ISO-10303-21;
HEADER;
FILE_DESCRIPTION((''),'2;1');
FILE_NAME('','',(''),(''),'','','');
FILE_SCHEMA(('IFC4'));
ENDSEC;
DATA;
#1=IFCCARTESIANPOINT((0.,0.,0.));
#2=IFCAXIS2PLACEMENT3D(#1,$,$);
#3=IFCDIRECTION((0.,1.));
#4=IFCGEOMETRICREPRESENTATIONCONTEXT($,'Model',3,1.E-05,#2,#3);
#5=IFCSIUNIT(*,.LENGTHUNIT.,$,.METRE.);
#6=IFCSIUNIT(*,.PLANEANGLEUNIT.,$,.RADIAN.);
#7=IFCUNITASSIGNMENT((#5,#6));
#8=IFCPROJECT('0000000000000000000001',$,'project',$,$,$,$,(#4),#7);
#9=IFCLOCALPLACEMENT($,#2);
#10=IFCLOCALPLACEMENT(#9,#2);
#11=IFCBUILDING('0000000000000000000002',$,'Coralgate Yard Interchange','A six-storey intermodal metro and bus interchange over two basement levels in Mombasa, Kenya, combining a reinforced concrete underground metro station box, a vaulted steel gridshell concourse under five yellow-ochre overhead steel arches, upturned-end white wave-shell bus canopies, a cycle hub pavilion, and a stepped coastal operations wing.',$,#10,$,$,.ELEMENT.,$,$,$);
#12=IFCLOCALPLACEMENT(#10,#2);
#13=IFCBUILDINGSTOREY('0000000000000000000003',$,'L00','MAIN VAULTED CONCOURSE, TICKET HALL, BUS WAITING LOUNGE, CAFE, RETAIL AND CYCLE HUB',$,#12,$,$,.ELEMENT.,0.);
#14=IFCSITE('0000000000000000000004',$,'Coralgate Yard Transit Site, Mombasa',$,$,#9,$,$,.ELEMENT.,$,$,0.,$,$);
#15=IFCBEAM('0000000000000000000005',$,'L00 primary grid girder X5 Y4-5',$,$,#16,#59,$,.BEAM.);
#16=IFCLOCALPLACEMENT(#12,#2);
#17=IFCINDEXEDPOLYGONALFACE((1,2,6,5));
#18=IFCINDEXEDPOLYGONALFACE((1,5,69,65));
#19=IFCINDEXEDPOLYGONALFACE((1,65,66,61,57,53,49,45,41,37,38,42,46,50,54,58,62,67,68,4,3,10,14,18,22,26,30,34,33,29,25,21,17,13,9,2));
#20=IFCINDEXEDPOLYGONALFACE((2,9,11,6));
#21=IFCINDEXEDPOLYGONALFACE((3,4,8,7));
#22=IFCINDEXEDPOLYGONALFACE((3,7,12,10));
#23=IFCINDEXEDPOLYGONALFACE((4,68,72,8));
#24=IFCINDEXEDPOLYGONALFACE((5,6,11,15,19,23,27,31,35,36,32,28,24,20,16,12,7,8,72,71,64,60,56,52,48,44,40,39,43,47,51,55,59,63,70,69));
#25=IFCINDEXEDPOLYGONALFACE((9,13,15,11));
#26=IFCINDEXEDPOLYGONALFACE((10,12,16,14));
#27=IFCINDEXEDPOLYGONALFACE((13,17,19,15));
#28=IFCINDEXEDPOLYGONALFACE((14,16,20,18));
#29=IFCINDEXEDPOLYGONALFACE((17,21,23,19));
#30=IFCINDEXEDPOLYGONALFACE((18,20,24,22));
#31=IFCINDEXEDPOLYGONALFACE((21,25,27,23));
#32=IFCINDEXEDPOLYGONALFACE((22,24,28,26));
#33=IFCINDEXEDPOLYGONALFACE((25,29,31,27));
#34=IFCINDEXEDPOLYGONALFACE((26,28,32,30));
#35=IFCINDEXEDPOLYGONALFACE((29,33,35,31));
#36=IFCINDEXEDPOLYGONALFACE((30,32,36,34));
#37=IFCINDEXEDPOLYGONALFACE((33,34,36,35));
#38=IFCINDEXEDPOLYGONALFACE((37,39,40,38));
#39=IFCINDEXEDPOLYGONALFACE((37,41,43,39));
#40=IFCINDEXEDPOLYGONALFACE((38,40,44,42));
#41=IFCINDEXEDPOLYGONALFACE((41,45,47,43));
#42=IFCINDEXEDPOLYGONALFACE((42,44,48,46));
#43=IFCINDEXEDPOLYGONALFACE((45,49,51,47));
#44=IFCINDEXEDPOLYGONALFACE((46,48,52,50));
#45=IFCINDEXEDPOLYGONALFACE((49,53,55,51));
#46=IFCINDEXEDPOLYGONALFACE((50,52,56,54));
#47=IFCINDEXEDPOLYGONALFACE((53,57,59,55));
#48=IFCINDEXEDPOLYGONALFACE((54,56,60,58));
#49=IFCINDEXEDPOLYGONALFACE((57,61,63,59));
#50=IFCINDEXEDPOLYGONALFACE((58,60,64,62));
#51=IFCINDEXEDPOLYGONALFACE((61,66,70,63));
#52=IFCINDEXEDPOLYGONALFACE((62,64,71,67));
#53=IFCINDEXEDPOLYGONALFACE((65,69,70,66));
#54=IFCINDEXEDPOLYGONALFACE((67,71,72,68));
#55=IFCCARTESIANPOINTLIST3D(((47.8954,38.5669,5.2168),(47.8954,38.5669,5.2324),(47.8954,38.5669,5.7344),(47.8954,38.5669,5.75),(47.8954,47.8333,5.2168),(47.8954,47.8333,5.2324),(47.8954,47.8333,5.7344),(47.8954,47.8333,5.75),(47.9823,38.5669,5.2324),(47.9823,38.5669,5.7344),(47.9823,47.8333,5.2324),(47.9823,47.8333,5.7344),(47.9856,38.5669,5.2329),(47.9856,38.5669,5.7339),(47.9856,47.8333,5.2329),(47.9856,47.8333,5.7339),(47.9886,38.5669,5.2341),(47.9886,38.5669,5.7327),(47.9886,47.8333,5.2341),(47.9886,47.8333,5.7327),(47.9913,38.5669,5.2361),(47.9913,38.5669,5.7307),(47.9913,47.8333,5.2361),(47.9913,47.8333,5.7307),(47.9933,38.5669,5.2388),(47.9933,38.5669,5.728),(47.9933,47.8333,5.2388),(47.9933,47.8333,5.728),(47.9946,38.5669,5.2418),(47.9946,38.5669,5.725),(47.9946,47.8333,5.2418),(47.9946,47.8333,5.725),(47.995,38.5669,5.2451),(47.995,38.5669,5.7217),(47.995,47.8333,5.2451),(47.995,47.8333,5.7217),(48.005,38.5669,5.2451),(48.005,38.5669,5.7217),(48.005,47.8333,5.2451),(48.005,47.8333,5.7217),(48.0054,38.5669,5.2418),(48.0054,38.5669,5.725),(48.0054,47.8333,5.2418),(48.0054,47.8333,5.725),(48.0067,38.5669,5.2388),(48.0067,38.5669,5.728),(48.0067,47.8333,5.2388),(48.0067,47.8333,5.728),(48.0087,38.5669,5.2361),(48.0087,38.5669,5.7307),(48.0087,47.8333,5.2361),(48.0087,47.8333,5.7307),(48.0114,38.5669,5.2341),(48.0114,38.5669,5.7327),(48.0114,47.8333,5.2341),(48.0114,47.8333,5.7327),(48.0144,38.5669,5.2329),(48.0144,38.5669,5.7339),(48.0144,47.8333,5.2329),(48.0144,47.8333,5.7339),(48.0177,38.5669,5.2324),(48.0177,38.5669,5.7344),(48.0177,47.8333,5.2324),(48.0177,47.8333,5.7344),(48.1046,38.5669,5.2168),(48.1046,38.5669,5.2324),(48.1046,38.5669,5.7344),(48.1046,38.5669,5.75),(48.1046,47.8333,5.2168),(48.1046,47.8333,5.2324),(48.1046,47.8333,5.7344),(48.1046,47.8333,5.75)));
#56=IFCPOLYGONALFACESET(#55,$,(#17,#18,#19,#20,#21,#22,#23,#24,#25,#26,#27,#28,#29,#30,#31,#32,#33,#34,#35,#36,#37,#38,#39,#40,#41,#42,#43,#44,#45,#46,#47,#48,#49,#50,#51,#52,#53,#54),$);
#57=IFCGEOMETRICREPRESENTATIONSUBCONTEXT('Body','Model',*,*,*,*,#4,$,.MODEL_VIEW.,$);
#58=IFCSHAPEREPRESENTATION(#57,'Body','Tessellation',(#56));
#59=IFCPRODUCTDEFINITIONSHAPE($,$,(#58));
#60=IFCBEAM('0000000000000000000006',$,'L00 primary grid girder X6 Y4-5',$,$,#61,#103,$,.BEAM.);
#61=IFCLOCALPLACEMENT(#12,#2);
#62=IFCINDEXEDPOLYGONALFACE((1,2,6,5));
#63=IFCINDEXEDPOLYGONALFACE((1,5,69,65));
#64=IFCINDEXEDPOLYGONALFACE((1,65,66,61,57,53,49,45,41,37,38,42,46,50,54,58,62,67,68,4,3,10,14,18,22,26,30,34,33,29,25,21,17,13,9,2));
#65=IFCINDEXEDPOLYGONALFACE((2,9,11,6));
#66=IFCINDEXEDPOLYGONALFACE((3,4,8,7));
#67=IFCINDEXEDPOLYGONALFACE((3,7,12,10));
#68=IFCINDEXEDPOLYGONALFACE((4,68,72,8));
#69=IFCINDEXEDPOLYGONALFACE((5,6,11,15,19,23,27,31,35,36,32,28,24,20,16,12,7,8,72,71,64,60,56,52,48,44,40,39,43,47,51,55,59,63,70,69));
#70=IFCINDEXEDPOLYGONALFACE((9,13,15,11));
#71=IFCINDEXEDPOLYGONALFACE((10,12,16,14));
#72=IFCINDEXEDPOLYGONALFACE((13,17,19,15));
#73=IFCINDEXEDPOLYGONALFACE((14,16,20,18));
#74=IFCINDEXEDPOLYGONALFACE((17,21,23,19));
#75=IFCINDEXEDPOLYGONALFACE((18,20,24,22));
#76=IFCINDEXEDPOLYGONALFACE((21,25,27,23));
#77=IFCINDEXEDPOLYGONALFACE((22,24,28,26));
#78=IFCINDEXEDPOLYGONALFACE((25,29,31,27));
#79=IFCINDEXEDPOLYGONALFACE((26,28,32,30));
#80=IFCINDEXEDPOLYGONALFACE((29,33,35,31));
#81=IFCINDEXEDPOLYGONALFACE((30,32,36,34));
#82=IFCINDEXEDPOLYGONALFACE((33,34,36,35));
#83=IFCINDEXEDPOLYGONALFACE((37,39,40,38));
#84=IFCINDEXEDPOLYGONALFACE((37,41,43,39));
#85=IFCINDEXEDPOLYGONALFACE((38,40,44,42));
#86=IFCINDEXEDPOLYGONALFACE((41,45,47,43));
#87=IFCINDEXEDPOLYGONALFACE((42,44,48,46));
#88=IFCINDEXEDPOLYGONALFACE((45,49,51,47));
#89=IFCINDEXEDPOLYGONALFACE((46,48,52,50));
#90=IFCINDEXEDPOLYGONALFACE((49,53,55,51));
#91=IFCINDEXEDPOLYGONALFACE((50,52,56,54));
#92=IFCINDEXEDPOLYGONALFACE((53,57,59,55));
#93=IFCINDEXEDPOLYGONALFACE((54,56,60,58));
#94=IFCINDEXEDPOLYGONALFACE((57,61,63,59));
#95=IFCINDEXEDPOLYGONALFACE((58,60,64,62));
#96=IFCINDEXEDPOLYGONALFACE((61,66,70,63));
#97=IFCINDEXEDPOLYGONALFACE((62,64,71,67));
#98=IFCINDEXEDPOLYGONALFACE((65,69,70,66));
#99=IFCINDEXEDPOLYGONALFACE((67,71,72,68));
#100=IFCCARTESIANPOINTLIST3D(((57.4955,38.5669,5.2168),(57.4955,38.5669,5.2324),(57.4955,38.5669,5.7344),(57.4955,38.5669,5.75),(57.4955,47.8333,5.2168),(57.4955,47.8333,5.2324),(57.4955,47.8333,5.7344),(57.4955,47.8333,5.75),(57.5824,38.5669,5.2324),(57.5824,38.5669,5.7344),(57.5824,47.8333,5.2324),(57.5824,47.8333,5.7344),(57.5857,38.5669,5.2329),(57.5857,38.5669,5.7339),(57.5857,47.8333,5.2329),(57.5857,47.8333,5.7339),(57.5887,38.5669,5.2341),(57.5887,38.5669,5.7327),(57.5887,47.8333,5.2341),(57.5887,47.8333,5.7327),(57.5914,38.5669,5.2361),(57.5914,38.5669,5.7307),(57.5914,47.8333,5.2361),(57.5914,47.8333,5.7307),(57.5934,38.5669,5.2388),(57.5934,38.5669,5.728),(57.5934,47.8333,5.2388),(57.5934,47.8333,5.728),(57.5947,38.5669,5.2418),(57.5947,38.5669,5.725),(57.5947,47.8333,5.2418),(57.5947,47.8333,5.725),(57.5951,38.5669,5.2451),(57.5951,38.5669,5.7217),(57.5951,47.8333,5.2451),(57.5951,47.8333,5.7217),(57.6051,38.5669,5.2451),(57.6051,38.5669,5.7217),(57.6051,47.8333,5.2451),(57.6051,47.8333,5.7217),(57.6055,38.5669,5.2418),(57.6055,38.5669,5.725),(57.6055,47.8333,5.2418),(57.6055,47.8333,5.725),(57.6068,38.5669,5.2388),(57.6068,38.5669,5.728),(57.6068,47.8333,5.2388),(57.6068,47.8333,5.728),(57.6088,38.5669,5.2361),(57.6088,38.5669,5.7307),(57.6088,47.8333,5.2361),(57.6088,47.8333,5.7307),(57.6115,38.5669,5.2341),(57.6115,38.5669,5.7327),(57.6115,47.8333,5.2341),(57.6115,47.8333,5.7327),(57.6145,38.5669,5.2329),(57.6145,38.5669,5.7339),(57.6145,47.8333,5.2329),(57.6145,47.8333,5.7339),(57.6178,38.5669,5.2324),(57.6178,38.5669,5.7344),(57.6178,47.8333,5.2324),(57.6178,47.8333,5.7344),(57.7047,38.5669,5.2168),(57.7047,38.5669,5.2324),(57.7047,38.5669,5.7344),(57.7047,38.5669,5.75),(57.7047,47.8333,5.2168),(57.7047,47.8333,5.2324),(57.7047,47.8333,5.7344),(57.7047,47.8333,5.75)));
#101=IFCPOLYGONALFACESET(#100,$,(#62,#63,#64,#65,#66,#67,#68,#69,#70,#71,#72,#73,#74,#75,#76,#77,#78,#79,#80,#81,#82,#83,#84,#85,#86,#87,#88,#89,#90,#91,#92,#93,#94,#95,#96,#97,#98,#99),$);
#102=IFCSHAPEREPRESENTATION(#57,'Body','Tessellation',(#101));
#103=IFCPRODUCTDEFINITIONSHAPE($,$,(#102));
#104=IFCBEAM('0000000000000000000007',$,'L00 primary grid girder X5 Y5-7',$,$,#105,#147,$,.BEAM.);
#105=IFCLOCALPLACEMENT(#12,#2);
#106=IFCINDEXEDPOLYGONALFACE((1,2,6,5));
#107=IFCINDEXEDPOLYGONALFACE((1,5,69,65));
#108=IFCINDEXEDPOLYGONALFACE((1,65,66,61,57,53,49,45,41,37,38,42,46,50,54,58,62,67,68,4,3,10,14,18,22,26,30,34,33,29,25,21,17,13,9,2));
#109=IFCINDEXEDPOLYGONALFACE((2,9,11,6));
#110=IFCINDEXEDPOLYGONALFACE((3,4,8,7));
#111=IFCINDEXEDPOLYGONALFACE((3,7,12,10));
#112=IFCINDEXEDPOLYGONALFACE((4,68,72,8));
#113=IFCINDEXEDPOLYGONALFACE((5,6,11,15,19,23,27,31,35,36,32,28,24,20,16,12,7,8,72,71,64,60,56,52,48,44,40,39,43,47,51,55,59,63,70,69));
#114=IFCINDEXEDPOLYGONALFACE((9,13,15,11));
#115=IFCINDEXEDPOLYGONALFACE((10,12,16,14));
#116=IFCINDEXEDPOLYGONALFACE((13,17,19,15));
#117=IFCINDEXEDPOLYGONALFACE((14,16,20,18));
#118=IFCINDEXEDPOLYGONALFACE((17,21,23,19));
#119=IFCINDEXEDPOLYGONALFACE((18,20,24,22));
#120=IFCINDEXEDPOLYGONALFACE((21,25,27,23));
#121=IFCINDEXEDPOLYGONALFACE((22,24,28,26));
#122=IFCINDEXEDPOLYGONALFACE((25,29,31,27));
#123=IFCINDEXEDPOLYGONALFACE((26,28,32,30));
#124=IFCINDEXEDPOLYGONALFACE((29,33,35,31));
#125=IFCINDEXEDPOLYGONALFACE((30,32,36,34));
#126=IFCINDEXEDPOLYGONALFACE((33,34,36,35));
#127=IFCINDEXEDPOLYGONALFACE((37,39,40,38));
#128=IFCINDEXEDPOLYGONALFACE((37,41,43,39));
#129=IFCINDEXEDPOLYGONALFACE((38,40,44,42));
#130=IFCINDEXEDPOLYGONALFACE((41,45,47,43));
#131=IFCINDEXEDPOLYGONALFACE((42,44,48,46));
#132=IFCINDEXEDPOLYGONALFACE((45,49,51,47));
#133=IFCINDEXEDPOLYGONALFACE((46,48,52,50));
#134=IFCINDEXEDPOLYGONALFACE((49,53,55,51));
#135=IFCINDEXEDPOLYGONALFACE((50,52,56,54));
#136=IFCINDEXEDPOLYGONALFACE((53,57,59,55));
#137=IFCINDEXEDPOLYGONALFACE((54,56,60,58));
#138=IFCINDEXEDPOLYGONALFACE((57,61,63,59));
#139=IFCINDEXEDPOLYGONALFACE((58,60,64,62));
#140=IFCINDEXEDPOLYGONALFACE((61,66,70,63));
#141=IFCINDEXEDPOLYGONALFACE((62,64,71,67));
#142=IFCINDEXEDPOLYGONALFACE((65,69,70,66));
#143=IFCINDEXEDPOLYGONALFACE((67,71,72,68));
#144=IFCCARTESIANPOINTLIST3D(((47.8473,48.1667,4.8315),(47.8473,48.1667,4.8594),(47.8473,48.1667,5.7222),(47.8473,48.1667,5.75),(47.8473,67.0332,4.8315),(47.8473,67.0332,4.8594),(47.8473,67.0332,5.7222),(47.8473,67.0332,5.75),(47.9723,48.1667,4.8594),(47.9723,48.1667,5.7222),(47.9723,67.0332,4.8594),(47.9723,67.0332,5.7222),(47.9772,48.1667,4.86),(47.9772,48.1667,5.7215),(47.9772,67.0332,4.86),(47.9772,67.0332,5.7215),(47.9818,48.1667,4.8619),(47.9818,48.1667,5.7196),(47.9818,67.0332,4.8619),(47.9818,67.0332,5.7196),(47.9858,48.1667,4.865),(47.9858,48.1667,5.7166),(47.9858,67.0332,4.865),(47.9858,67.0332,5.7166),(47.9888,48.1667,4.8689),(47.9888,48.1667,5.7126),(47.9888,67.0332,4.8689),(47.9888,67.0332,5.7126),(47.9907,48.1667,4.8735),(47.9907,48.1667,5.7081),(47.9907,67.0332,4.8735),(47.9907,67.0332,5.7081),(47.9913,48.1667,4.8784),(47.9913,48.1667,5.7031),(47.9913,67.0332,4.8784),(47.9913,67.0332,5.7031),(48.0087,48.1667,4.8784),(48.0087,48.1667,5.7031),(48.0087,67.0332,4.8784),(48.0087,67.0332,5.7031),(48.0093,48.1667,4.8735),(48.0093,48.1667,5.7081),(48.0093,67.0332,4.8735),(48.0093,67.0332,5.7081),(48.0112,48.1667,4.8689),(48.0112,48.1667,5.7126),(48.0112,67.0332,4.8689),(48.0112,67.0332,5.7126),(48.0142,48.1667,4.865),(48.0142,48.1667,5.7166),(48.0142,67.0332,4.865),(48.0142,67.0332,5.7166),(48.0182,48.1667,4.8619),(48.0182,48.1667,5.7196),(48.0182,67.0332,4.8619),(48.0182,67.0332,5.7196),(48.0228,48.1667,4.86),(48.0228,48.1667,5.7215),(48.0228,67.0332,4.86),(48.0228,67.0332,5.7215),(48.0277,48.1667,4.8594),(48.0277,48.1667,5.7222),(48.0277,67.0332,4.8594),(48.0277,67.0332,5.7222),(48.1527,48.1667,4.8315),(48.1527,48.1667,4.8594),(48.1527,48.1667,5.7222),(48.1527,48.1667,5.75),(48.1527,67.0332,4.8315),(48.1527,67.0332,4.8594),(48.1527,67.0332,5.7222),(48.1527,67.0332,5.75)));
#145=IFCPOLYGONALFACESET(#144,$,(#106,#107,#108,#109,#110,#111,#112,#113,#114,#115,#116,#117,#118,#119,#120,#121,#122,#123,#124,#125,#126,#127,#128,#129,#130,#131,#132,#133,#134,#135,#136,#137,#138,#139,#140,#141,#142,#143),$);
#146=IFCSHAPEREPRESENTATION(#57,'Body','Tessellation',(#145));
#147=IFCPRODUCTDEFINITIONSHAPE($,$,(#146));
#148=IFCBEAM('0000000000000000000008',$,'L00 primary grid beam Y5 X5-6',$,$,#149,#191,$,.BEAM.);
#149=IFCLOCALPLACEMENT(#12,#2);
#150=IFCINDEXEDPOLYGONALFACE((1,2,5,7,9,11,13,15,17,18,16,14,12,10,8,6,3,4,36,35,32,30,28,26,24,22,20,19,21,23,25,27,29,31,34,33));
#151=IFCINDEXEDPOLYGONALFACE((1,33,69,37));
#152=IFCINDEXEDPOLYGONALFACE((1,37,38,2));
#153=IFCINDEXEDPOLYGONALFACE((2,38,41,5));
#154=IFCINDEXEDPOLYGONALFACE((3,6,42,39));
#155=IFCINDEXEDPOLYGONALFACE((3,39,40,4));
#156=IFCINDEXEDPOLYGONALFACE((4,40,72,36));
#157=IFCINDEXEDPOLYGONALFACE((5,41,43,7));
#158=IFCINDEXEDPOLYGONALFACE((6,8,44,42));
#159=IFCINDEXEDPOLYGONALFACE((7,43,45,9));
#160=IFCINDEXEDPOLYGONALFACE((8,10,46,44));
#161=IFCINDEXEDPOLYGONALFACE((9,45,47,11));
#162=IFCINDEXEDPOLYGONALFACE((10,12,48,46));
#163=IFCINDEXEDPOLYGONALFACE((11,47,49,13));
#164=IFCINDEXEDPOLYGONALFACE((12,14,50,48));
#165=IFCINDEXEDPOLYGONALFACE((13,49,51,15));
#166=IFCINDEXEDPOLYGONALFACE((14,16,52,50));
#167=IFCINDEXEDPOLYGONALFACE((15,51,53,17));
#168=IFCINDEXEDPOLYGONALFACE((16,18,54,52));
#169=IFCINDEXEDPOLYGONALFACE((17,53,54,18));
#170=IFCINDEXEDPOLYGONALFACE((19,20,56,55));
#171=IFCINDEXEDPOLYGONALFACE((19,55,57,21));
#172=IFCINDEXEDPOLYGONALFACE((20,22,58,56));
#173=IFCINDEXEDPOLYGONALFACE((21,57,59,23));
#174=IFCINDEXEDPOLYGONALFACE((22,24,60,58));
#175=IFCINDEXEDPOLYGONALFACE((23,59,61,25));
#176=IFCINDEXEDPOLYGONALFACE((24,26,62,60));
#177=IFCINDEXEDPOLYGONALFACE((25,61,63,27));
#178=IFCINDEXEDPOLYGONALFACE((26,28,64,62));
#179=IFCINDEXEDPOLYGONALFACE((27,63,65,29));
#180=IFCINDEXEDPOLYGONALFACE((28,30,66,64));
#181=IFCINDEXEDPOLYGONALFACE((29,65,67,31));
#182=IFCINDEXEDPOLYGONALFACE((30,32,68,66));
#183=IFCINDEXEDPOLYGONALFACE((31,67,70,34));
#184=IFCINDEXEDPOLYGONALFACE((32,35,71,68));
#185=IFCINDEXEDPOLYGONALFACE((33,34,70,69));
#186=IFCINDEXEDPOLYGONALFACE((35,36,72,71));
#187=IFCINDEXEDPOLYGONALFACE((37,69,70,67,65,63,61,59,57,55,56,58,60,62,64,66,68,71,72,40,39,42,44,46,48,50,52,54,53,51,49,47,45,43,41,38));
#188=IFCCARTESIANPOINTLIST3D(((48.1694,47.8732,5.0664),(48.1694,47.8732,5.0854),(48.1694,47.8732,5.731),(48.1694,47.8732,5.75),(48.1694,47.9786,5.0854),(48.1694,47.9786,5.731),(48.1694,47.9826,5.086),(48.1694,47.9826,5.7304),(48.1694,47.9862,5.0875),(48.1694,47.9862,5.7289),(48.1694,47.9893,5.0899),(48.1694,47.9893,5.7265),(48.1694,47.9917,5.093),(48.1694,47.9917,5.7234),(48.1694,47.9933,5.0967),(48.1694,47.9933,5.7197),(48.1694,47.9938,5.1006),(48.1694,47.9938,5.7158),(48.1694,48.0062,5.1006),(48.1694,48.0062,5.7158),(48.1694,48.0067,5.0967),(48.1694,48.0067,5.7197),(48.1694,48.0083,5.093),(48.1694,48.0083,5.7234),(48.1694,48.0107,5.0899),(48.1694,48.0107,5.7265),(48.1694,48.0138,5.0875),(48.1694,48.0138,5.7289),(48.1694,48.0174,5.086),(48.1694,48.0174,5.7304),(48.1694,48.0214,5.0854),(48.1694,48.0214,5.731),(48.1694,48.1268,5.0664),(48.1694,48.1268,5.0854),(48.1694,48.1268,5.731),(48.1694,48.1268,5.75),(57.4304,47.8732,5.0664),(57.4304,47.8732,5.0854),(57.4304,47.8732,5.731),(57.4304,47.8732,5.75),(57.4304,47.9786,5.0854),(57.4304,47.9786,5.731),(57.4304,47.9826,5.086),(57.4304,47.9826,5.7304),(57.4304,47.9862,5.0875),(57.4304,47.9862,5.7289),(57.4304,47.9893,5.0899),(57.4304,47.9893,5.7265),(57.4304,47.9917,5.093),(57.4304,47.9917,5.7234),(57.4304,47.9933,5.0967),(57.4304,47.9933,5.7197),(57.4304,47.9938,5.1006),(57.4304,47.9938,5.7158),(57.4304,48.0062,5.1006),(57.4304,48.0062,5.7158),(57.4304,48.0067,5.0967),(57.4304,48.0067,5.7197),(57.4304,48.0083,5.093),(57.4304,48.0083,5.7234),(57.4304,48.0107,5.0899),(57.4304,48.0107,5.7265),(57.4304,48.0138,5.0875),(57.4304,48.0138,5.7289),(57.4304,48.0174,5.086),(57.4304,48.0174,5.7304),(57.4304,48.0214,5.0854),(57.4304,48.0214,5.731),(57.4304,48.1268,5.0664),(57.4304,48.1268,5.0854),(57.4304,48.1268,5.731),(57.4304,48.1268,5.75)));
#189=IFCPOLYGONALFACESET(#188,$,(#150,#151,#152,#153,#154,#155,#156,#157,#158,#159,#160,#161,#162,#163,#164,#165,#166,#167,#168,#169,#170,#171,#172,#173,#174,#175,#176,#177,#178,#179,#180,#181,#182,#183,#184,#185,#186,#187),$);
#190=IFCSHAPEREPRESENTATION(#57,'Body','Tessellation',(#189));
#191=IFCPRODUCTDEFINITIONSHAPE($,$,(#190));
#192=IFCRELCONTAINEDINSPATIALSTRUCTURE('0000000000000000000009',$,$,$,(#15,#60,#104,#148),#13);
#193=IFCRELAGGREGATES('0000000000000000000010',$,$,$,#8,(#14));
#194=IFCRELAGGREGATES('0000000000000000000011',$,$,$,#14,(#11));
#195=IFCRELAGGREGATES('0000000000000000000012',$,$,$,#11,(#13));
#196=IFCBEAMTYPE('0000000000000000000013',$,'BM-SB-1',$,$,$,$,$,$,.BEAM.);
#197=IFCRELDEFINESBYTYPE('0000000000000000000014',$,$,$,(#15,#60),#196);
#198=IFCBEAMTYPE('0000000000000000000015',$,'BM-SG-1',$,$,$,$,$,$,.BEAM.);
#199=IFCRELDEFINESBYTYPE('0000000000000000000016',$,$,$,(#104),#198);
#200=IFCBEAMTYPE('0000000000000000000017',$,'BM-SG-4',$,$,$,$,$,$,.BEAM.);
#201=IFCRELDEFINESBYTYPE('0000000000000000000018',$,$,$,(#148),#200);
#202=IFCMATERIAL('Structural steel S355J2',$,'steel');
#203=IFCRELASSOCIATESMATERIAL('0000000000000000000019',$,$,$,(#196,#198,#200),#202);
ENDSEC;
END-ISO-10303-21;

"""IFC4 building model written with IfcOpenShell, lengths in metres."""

from ifc_helpers import new_model, si_unit, direction, frame, origin, origin_2d, place, context, subcontext, project, spatial, i_section, extrude, material, material_profile, profile_set, type_object, element, save


model = new_model("IFC4")

# Units and contexts
model_context = context("Model", 3, precision=1e-05, world=origin(), true_north=direction((0.0, 1.0)))
body_context = subcontext(model_context, "Body", "Model", "MODEL_VIEW")
ifc_project = project(units=[si_unit("LENGTHUNIT", "METRE"), si_unit("PLANEANGLEUNIT", "RADIAN")], contexts=[model_context])

# Site, building, storey
site_placement = place(None, origin())
site = spatial("IfcSite", under=ifc_project, at=site_placement, Name="Coralgate Yard Transit Site, Mombasa", CompositionType="ELEMENT", RefElevation=0.0)
building_placement = place(site_placement, origin())
building = spatial("IfcBuilding", under=site, at=building_placement, Name="Coralgate Yard Interchange", Description="A six-storey intermodal metro and bus interchange over two basement levels in Mombasa, Kenya, combining a reinforced concrete underground metro station box, a vaulted steel gridshell concourse under five yellow-ochre overhead steel arches, upturned-end white wave-shell bus canopies, a cycle hub pavilion, and a stepped coastal operations wing.", CompositionType="ELEMENT")
storey_placement = place(building_placement, origin())
storey = spatial("IfcBuildingStorey", under=building, at=storey_placement, Name="L00", Description="MAIN VAULTED CONCOURSE, TICKET HALL, BUS WAITING LOUNGE, CAFE, RETAIL AND CYCLE HUB", CompositionType="ELEMENT", Elevation=0.0)

# Shared definitions
ifc_material_1 = material(Name="Structural steel S355J2", Category="steel")

# Beams
ifc_material_profile_1 = material_profile(ifc_material_1, i_section(OverallWidth=0.2092, OverallDepth=0.5332, WebThickness=0.01, FlangeThickness=0.0156, FilletRadius=0.0127, at=origin_2d()), Name="UB 533x210x92")
ifc_profile_set_1 = profile_set([ifc_material_profile_1], Name="Structural steel S355J2")
beam_type_1 = type_object("IfcBeamType", Name="BM-SB-1", PredefinedType="BEAM", material=ifc_profile_set_1)
for number, where, z_axis, x_axis, name in (
    (1, (48.0, 38.5669, 5.4834), (0.0, 1.0, 0.0), (-1.0, 0.0, 0.0), "L00 primary grid girder X5 Y4-5"),
    (2, (57.6001, 38.5669, 5.4834), (0.0, 1.0, 0.0), (-1.0, 0.0, 0.0), "L00 primary grid girder X6 Y4-5"),
):
    element("IfcBeam", number, at=place(storey_placement, frame(where, z_axis=z_axis, x_axis=x_axis)), inside=storey, type_object=beam_type_1, Name=name, PredefinedType="BEAM", context=body_context, shape_type="SweptSolid", body=[
        extrude(i_section(OverallWidth=0.2092, OverallDepth=0.5332, WebThickness=0.01, FlangeThickness=0.0156, FilletRadius=0.0127, at=origin_2d()), origin(), (0.0, 0.0, 1.0), 9.2664),
    ])
ifc_material_profile_2 = material_profile(ifc_material_1, i_section(OverallWidth=0.3054, OverallDepth=0.9185, WebThickness=0.0173, FlangeThickness=0.0278, FilletRadius=0.019, at=origin_2d()), Name="UB 914x305x253")
ifc_profile_set_2 = profile_set([ifc_material_profile_2], Name="Structural steel S355J2")
beam_type_2 = type_object("IfcBeamType", Name="BM-SG-1", PredefinedType="BEAM", material=ifc_profile_set_2)
beam_1_placement = place(storey_placement, frame((48.0, 48.1667, 5.2908), z_axis=(0.0, 1.0, 0.0), x_axis=(-1.0, 0.0, 0.0)))
element("IfcBeam", 3, at=beam_1_placement, inside=storey, type_object=beam_type_2, Name="L00 primary grid girder X5 Y5-7", PredefinedType="BEAM", context=body_context, shape_type="SweptSolid", body=[
    extrude(i_section(OverallWidth=0.3054, OverallDepth=0.9185, WebThickness=0.0173, FlangeThickness=0.0278, FilletRadius=0.019, at=origin_2d()), origin(), (0.0, 0.0, 1.0), 18.8665),
])
ifc_material_profile_3 = material_profile(ifc_material_1, i_section(OverallWidth=0.2537, OverallDepth=0.6836, WebThickness=0.0125, FlangeThickness=0.019, FilletRadius=0.0151, at=origin_2d()), Name="UB 686x254x140")
ifc_profile_set_3 = profile_set([ifc_material_profile_3], Name="Structural steel S355J2")
beam_type_3 = type_object("IfcBeamType", Name="BM-SG-4", PredefinedType="BEAM", material=ifc_profile_set_3)
for number, where, z_axis, x_axis, name in (
    (4, (48.1694, 48.0, 5.4082), (1.0, 0.0, 0.0), (0.0, 1.0, 0.0), "L00 primary grid beam Y5 X5-6"),
):
    element("IfcBeam", number, at=place(storey_placement, frame(where, z_axis=z_axis, x_axis=x_axis)), inside=storey, type_object=beam_type_3, Name=name, PredefinedType="BEAM", context=body_context, shape_type="SweptSolid", body=[
        extrude(i_section(OverallWidth=0.2537, OverallDepth=0.6836, WebThickness=0.0125, FlangeThickness=0.019, FilletRadius=0.0151, at=origin_2d()), origin(), (0.0, 0.0, 1.0), 9.261),
    ])

save(model, "model.ifc")
